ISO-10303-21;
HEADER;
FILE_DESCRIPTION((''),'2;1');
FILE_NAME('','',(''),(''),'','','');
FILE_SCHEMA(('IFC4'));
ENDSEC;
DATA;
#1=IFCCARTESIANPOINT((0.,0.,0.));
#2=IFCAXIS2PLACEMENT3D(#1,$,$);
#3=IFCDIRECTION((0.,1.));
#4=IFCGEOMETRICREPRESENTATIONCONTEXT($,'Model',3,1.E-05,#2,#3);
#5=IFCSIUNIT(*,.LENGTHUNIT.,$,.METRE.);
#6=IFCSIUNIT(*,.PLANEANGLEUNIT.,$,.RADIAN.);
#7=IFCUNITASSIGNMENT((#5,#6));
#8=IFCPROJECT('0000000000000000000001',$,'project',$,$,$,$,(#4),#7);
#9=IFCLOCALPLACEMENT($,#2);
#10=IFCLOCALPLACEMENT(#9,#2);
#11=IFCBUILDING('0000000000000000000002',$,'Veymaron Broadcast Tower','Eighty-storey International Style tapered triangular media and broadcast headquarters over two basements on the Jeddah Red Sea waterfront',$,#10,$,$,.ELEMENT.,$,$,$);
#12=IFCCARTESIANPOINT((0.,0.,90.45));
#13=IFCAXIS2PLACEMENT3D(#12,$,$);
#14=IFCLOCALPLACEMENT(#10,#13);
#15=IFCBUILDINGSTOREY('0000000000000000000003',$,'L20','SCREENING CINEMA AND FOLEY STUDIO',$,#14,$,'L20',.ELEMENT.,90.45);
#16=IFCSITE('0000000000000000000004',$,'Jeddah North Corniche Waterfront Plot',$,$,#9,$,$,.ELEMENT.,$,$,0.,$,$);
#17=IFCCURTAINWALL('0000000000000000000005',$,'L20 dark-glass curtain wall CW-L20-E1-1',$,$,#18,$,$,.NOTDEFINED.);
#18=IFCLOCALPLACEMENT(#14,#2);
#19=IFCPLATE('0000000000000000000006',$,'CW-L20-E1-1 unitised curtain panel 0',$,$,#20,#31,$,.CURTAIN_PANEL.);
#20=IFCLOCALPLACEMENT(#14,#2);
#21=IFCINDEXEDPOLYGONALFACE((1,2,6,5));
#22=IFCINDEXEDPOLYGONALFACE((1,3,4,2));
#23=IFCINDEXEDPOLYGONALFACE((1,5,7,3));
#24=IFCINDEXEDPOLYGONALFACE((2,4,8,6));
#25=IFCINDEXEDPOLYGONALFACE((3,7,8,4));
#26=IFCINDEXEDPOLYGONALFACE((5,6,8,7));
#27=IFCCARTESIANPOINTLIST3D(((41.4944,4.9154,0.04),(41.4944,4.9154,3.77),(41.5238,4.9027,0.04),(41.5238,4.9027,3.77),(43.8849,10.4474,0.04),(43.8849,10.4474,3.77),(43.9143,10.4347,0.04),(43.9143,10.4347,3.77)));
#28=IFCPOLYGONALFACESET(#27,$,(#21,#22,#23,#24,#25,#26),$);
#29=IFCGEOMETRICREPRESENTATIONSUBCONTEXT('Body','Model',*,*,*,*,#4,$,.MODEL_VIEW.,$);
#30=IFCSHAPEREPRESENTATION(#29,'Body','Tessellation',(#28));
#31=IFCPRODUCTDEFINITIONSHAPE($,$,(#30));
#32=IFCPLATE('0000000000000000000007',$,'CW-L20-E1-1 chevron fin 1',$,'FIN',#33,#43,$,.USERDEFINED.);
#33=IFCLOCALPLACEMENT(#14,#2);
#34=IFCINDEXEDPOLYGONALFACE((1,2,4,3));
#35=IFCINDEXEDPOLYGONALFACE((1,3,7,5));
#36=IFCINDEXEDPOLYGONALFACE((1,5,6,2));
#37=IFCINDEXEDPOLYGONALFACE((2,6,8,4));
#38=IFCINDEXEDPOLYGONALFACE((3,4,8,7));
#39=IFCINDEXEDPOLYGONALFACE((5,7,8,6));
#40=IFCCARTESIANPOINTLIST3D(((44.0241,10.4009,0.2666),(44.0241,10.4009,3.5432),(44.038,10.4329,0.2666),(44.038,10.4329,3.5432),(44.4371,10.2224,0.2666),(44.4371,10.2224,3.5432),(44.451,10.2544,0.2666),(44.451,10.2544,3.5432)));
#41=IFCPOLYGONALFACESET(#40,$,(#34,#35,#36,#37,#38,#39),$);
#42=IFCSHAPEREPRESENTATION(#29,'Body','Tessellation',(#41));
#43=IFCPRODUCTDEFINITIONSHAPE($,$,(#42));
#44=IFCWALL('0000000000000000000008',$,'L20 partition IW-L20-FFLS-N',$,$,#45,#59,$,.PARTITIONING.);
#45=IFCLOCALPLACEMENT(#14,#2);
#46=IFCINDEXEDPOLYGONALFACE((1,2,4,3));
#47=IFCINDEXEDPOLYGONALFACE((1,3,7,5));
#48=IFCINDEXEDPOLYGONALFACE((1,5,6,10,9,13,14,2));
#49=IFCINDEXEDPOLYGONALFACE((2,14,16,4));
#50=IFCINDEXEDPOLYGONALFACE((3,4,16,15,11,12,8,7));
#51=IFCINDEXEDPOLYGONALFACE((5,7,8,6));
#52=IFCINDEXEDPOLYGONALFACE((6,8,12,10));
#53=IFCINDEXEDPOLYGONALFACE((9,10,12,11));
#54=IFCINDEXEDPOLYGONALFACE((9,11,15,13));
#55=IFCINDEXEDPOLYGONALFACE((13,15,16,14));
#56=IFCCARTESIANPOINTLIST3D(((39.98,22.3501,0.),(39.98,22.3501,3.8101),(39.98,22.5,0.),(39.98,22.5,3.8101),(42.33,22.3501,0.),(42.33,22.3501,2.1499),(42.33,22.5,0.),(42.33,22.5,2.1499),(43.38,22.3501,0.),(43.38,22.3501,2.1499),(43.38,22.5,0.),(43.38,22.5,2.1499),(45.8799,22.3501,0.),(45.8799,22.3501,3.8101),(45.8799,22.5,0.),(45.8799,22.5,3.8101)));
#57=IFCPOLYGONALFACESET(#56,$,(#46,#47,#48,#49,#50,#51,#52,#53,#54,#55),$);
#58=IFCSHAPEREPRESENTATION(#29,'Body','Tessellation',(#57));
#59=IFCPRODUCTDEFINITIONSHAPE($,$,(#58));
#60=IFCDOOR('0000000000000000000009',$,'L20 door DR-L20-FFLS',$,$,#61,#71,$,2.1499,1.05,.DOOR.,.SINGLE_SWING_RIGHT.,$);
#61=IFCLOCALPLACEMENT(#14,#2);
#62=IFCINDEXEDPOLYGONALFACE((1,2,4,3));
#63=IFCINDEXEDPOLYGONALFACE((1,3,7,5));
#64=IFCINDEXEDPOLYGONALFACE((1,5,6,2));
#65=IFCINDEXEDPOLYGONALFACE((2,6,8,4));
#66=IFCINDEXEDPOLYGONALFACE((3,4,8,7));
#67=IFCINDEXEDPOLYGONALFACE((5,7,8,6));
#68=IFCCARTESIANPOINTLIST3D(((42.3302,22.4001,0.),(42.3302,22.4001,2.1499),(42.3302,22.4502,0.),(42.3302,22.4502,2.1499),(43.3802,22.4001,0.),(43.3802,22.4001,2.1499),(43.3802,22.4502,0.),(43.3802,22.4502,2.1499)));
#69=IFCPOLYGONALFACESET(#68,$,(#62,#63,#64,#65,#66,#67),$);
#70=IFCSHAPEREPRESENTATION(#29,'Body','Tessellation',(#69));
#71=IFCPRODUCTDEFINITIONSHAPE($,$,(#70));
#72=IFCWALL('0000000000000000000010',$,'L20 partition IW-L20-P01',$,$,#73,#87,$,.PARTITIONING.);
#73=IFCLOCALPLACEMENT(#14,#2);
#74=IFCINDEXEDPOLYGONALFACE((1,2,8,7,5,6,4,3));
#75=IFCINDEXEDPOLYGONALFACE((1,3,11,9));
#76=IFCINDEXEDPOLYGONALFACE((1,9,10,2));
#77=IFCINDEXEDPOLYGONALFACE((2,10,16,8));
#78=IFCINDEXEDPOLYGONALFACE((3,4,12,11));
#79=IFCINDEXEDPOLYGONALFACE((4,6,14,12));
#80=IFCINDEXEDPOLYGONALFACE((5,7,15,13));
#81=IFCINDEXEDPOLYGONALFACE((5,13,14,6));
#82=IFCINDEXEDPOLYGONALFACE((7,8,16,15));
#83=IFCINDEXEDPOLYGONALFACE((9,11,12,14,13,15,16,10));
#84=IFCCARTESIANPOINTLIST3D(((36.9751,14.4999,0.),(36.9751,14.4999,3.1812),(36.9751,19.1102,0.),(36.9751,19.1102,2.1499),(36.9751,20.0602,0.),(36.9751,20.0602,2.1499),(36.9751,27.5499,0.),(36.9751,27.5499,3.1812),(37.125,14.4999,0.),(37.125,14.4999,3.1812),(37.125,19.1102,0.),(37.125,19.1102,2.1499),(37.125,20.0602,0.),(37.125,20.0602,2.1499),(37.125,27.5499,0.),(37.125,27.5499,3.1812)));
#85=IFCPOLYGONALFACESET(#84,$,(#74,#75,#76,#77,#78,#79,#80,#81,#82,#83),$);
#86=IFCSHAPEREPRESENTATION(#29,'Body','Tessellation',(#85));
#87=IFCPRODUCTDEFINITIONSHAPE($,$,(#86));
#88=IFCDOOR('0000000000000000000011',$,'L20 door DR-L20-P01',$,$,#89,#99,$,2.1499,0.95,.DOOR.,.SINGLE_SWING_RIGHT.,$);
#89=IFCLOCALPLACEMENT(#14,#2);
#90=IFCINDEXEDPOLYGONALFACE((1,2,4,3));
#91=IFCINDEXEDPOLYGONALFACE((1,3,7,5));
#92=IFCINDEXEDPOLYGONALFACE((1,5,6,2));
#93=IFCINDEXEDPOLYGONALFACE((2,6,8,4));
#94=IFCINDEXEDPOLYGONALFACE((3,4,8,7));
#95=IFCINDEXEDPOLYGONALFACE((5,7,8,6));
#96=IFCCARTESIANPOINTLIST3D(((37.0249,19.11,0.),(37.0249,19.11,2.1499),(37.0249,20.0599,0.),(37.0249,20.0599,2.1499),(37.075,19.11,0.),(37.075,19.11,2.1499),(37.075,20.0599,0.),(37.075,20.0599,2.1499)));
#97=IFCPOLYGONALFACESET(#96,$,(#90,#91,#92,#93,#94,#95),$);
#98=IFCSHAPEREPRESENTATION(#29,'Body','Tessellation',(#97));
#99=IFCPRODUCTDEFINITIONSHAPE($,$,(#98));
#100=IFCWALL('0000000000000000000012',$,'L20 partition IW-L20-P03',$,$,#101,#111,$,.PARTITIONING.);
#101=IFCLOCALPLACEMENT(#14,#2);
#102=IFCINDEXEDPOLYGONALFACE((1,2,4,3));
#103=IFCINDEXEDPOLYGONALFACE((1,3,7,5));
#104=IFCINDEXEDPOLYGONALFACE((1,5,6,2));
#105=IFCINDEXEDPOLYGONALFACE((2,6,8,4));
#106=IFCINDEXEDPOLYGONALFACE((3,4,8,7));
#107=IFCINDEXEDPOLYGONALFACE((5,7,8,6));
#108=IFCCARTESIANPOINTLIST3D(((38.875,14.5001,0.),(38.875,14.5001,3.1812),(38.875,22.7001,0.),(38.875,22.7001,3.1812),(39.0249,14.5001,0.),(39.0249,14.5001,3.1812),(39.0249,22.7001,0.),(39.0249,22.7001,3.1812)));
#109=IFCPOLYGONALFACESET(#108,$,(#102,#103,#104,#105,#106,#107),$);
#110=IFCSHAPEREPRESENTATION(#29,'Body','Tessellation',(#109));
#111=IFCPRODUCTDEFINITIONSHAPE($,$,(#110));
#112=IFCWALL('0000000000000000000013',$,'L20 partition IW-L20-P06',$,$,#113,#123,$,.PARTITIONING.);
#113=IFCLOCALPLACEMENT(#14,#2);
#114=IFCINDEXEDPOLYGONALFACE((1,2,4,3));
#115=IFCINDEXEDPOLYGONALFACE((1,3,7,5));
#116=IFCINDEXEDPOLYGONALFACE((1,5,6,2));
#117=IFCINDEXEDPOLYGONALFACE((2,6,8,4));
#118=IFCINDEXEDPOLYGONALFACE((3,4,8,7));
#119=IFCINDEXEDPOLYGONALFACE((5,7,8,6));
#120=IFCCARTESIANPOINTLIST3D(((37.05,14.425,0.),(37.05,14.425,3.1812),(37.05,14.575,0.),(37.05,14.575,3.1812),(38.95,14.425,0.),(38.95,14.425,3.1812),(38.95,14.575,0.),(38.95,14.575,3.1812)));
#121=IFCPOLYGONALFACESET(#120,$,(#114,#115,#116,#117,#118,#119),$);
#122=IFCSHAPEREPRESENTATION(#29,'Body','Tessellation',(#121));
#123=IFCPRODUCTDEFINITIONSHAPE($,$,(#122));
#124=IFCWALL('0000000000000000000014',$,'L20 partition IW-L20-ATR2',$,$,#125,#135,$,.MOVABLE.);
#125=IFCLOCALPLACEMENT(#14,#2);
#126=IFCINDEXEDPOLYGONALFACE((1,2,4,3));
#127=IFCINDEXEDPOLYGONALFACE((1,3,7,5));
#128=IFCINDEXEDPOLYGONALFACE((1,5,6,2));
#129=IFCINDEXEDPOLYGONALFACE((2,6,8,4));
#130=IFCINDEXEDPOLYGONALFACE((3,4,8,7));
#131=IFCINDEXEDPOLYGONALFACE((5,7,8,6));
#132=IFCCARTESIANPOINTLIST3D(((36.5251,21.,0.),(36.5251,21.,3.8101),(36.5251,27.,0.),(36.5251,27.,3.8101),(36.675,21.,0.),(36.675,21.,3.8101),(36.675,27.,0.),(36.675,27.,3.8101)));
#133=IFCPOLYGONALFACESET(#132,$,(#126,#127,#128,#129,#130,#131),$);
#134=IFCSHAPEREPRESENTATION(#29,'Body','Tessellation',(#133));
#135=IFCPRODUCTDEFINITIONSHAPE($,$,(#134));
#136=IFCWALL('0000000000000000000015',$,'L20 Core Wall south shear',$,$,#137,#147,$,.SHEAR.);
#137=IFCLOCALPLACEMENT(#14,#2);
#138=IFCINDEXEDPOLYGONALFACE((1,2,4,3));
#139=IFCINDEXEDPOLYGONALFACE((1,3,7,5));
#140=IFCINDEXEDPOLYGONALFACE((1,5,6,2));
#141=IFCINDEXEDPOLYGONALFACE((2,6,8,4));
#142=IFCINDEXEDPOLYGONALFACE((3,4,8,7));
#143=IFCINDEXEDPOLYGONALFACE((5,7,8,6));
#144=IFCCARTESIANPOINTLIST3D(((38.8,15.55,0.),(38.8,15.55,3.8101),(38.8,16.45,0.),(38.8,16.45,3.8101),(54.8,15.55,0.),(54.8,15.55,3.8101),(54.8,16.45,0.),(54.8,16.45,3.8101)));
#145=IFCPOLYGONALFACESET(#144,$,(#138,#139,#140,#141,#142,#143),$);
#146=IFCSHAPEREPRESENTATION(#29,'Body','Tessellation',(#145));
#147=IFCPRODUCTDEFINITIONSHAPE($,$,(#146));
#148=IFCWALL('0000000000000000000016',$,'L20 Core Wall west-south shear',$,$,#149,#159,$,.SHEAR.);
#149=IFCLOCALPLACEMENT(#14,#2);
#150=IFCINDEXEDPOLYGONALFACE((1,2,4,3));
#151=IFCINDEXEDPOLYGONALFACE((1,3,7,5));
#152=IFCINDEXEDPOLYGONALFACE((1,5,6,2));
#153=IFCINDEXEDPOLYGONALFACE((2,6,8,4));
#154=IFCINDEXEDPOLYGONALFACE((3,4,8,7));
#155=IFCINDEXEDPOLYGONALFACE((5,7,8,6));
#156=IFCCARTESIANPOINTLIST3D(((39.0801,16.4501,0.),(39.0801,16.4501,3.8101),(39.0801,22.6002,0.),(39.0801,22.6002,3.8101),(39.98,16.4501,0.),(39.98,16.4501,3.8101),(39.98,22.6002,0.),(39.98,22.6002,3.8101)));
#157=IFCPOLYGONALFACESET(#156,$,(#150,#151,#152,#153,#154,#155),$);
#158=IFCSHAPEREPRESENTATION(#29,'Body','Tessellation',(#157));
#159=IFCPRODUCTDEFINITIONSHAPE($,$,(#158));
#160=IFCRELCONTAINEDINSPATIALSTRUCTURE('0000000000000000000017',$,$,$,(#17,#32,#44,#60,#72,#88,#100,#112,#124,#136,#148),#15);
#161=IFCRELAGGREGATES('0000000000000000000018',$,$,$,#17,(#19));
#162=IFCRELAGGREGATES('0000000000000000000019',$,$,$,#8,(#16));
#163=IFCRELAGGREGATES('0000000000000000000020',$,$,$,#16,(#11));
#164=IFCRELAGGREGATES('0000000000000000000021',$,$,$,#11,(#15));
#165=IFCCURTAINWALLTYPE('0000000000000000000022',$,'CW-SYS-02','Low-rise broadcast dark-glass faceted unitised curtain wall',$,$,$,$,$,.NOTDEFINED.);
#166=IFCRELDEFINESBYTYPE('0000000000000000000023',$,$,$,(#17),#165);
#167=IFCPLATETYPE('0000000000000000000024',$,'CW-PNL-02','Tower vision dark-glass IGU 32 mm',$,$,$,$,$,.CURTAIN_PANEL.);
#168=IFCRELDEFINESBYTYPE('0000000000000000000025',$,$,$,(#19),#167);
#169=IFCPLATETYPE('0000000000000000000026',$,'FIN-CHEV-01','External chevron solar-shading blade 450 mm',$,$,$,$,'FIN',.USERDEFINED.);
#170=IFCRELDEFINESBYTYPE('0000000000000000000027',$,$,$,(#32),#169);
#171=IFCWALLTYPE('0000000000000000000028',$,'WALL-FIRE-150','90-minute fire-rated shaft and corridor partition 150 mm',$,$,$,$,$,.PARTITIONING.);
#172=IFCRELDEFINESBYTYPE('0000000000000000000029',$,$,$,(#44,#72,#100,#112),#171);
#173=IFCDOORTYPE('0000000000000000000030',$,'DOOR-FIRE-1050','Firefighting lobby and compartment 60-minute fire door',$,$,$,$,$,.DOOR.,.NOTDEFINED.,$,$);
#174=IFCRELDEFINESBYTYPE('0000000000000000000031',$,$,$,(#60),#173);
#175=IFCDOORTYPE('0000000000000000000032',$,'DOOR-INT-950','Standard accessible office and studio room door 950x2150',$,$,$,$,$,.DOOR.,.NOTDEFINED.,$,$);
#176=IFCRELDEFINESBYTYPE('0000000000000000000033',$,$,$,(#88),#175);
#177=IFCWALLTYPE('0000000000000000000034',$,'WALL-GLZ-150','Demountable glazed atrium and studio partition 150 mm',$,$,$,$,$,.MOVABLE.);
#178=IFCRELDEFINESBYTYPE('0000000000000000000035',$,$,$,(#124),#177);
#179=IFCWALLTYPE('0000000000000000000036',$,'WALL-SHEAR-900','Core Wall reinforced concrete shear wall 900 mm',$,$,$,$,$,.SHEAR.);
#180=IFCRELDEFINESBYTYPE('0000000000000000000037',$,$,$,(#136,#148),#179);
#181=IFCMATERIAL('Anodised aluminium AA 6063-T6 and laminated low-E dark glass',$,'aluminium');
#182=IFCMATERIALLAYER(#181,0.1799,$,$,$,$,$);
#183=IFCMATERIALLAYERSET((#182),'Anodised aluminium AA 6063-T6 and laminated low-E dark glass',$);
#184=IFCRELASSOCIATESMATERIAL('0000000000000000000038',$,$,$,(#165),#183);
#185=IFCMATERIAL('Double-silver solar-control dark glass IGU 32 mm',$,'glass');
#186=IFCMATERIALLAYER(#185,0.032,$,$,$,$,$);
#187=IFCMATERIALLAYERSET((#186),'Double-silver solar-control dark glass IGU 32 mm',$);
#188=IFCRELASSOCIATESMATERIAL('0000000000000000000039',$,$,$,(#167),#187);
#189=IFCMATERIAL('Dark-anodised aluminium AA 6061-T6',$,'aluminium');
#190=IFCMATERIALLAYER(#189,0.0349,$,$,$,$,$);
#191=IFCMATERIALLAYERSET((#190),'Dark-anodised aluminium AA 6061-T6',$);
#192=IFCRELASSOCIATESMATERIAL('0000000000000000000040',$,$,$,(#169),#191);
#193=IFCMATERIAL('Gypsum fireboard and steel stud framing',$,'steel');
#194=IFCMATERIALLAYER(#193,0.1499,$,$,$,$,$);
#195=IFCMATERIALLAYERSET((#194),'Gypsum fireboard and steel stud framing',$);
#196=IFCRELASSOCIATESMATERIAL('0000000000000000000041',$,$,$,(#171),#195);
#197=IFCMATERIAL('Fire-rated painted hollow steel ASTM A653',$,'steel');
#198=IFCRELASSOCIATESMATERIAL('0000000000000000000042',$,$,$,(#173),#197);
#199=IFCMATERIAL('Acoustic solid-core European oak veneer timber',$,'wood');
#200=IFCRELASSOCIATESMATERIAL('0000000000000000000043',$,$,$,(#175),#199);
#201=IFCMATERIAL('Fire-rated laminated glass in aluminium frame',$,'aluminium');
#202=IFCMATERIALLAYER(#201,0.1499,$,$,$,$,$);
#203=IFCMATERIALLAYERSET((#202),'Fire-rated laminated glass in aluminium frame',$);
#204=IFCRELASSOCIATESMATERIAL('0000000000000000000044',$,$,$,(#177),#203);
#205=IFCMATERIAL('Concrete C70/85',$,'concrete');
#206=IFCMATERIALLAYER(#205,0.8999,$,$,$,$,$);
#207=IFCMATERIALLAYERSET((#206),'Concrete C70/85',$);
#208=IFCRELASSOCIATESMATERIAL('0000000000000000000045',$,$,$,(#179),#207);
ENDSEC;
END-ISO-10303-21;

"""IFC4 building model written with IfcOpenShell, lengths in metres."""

from ifc_helpers import new_model, si_unit, direction, frame, frame_2d, origin, origin_2d, place, context, subcontext, project, spatial, rectangle, extrude, material, layer, layer_set, type_object, element, fill, aggregate, save


model = new_model("IFC4")

# Units and contexts
model_context = context("Model", 3, precision=1e-05, world=origin(), true_north=direction((0.0, 1.0)))
body_context = subcontext(model_context, "Body", "Model", "MODEL_VIEW")
ifc_project = project(units=[si_unit("LENGTHUNIT", "METRE"), si_unit("PLANEANGLEUNIT", "RADIAN")], contexts=[model_context])

# Site, building, storey
site_placement = place(None, origin())
site = spatial("IfcSite", under=ifc_project, at=site_placement, Name="Jeddah North Corniche Waterfront Plot", CompositionType="ELEMENT", RefElevation=0.0)
building_placement = place(site_placement, origin())
building = spatial("IfcBuilding", under=site, at=building_placement, Name="Veymaron Broadcast Tower", Description="Eighty-storey International Style tapered triangular media and broadcast headquarters over two basements on the Jeddah Red Sea waterfront", CompositionType="ELEMENT")
storey_placement = place(building_placement, frame((0.0, 0.0, 90.45)))
storey = spatial("IfcBuildingStorey", under=building, at=storey_placement, Name="L20", Description="SCREENING CINEMA AND FOLEY STUDIO", LongName="L20", CompositionType="ELEMENT", Elevation=90.45)

# Shared definitions
ifc_material_1 = material(Name="Concrete C70/85", Category="concrete")

# Curtain wall, plate
ifc_material_2 = material(Name="Anodised aluminium AA 6063-T6 and laminated low-E dark glass", Category="aluminium")
ifc_layer_1 = layer(ifc_material_2, 0.1799)
ifc_layer_set_1 = layer_set([ifc_layer_1], Name="Anodised aluminium AA 6063-T6 and laminated low-E dark glass")
curtain_wall_type = type_object("IfcCurtainWallType", Name="CW-SYS-02", Description="Low-rise broadcast dark-glass faceted unitised curtain wall", PredefinedType="NOTDEFINED", material=ifc_layer_set_1)
curtain_wall_placement = place(storey_placement, origin())
curtain_wall = element("IfcCurtainWall", 1, at=curtain_wall_placement, inside=storey, type_object=curtain_wall_type, Name="L20 dark-glass curtain wall CW-L20-E1-1", PredefinedType="NOTDEFINED")
ifc_material_3 = material(Name="Double-silver solar-control dark glass IGU 32 mm", Category="glass")
ifc_layer_2 = layer(ifc_material_3, 0.032)
ifc_layer_set_2 = layer_set([ifc_layer_2], Name="Double-silver solar-control dark glass IGU 32 mm")
plate_type_1 = type_object("IfcPlateType", Name="CW-PNL-02", Description="Tower vision dark-glass IGU 32 mm", PredefinedType="CURTAIN_PANEL", material=ifc_layer_set_2)
plate_1_placement = place(storey_placement, frame((42.7043, 7.675, 0.04), z_axis=(0.0, 0.0, 1.0), x_axis=(0.396667, 0.917962, 0.0)))
plate_1 = element("IfcPlate", 2, at=plate_1_placement, type_object=plate_type_1, Name="CW-L20-E1-1 unitised curtain panel 0", PredefinedType="CURTAIN_PANEL", context=body_context, shape_type="SweptSolid", body=[
    extrude(rectangle(XDim=6.0264, YDim=0.032, at=origin_2d()), origin(), (0.0, 0.0, 1.0), 3.73),
])
aggregate(curtain_wall, [plate_1])

# Plate
ifc_material_4 = material(Name="Dark-anodised aluminium AA 6061-T6", Category="aluminium")
ifc_layer_3 = layer(ifc_material_4, 0.0349)
ifc_layer_set_3 = layer_set([ifc_layer_3], Name="Dark-anodised aluminium AA 6061-T6")
plate_type_2 = type_object("IfcPlateType", Name="FIN-CHEV-01", Description="External chevron solar-shading blade 450 mm", ElementType="FIN", PredefinedType="USERDEFINED", material=ifc_layer_set_3)
plate_2_placement = place(storey_placement, frame((44.2375, 10.3276, 0.2666), z_axis=(0.0, 0.0, 1.0), x_axis=(0.917962, -0.396667, 0.0)))
element("IfcPlate", 3, at=plate_2_placement, inside=storey, type_object=plate_type_2, Name="CW-L20-E1-1 chevron fin 1", ObjectType="FIN", PredefinedType="USERDEFINED", context=body_context, shape_type="SweptSolid", body=[
    extrude(rectangle(XDim=0.45, YDim=0.0349, at=origin_2d()), origin(), (0.0, 0.0, 1.0), 3.2766),
])

# Walls, openings, doors
ifc_material_5 = material(Name="Gypsum fireboard and steel stud framing", Category="steel")
ifc_layer_4 = layer(ifc_material_5, 0.1499)
ifc_layer_set_4 = layer_set([ifc_layer_4], Name="Gypsum fireboard and steel stud framing")
wall_type_1 = type_object("IfcWallType", Name="WALL-FIRE-150", Description="90-minute fire-rated shaft and corridor partition 150 mm", PredefinedType="PARTITIONING", material=ifc_layer_set_4)
wall_1_placement = place(storey_placement, frame((39.98, 22.425, 0.0), z_axis=(0.0, 0.0, 1.0), x_axis=(1.0, 0.0, 0.0)))
wall_1 = element("IfcWall", 4, at=wall_1_placement, inside=storey, type_object=wall_type_1, Name="L20 partition IW-L20-FFLS-N", PredefinedType="PARTITIONING", context=body_context, shape_type="SweptSolid", body=[
    extrude(rectangle(XDim=5.8999, YDim=0.1499, at=frame_2d((2.95, 0.0))), origin(), (0.0, 0.0, 1.0), 3.8101),
])
opening_1_placement = place(wall_1_placement, frame((2.3501, 0.0, 0.0)))
opening_1 = element("IfcOpeningElement", 5, at=opening_1_placement, cuts=wall_1, PredefinedType="OPENING", context=body_context, shape_type="SweptSolid", body=[
    extrude(rectangle(XDim=1.05, YDim=2.1499, at=frame_2d((0.5249, 1.075))), frame((0.0, 0.085, 0.0), z_axis=(0.0, -1.0, 0.0), x_axis=(1.0, 0.0, 0.0)), (0.0, 0.0, 1.0), 0.1699),
])
ifc_material_6 = material(Name="Fire-rated painted hollow steel ASTM A653", Category="steel")
door_type_1 = type_object("IfcDoorType", Name="DOOR-FIRE-1050", Description="Firefighting lobby and compartment 60-minute fire door", OperationType="NOTDEFINED", PredefinedType="DOOR", material=ifc_material_6)
door_1_placement = place(opening_1_placement, frame((1.05, 0.0, 0.0), z_axis=(0.0, 0.0, 1.0), x_axis=(-1.0, 0.0, 0.0)))
door_1 = element("IfcDoor", 6, at=door_1_placement, inside=storey, type_object=door_type_1, Name="L20 door DR-L20-FFLS", OperationType="SINGLE_SWING_RIGHT", OverallHeight=2.1499, OverallWidth=1.05, PredefinedType="DOOR", context=body_context, shape_type="SweptSolid", body=[
    extrude(rectangle(XDim=1.05, YDim=2.1499, at=frame_2d((0.5249, 1.075))), frame((0.0, 0.0249, 0.0), z_axis=(0.0, -1.0, 0.0), x_axis=(1.0, 0.0, 0.0)), (0.0, 0.0, 1.0), 0.05),
])
fill(opening_1, door_1)
wall_2_placement = place(storey_placement, frame((37.05, 14.5, 0.0), z_axis=(0.0, 0.0, 1.0), x_axis=(0.0, 1.0, 0.0)))
wall_2 = element("IfcWall", 7, at=wall_2_placement, inside=storey, type_object=wall_type_1, Name="L20 partition IW-L20-P01", PredefinedType="PARTITIONING", context=body_context, shape_type="SweptSolid", body=[
    extrude(rectangle(XDim=13.05, YDim=0.1499, at=frame_2d((6.5249, 0.0))), origin(), (0.0, 0.0, 1.0), 3.1812),
])
opening_2_placement = place(wall_2_placement, frame((4.6101, 0.0, 0.0)))
opening_2 = element("IfcOpeningElement", 8, at=opening_2_placement, cuts=wall_2, PredefinedType="OPENING", context=body_context, shape_type="SweptSolid", body=[
    extrude(rectangle(XDim=0.95, YDim=2.1499, at=frame_2d((0.4751, 1.075))), frame((0.0, 0.085, 0.0), z_axis=(0.0, -1.0, 0.0), x_axis=(1.0, 0.0, 0.0)), (0.0, 0.0, 1.0), 0.1699),
])
ifc_material_7 = material(Name="Acoustic solid-core European oak veneer timber", Category="wood")
door_type_2 = type_object("IfcDoorType", Name="DOOR-INT-950", Description="Standard accessible office and studio room door 950x2150", OperationType="NOTDEFINED", PredefinedType="DOOR", material=ifc_material_7)
door_2_placement = place(opening_2_placement, frame((0.95, 0.0, 0.0), z_axis=(0.0, 0.0, 1.0), x_axis=(-1.0, 0.0, 0.0)))
door_2 = element("IfcDoor", 9, at=door_2_placement, inside=storey, type_object=door_type_2, Name="L20 door DR-L20-P01", OperationType="SINGLE_SWING_RIGHT", OverallHeight=2.1499, OverallWidth=0.95, PredefinedType="DOOR", context=body_context, shape_type="SweptSolid", body=[
    extrude(rectangle(XDim=0.95, YDim=2.1499, at=frame_2d((0.4751, 1.075))), frame((0.0, 0.0249, 0.0), z_axis=(0.0, -1.0, 0.0), x_axis=(1.0, 0.0, 0.0)), (0.0, 0.0, 1.0), 0.05),
])
fill(opening_2, door_2)

# Walls
wall_3_placement = place(storey_placement, frame((38.95, 14.5, 0.0), z_axis=(0.0, 0.0, 1.0), x_axis=(0.0, 1.0, 0.0)))
element("IfcWall", 10, at=wall_3_placement, inside=storey, type_object=wall_type_1, Name="L20 partition IW-L20-P03", PredefinedType="PARTITIONING", context=body_context, shape_type="SweptSolid", body=[
    extrude(rectangle(XDim=8.2, YDim=0.1499, at=frame_2d((4.1001, 0.0))), origin(), (0.0, 0.0, 1.0), 3.1812),
])
wall_4_placement = place(storey_placement, frame((37.05, 14.5, 0.0), z_axis=(0.0, 0.0, 1.0), x_axis=(1.0, 0.0, 0.0)))
element("IfcWall", 11, at=wall_4_placement, inside=storey, type_object=wall_type_1, Name="L20 partition IW-L20-P06", PredefinedType="PARTITIONING", context=body_context, shape_type="SweptSolid", body=[
    extrude(rectangle(XDim=1.8999, YDim=0.1499, at=frame_2d((0.95, 0.0))), origin(), (0.0, 0.0, 1.0), 3.1812),
])
ifc_material_8 = material(Name="Fire-rated laminated glass in aluminium frame", Category="aluminium")
ifc_layer_5 = layer(ifc_material_8, 0.1499)
ifc_layer_set_5 = layer_set([ifc_layer_5], Name="Fire-rated laminated glass in aluminium frame")
wall_type_2 = type_object("IfcWallType", Name="WALL-GLZ-150", Description="Demountable glazed atrium and studio partition 150 mm", PredefinedType="MOVABLE", material=ifc_layer_set_5)
wall_5_placement = place(storey_placement, frame((36.6001, 21.0, 0.0), z_axis=(0.0, 0.0, 1.0), x_axis=(0.0, 1.0, 0.0)))
element("IfcWall", 12, at=wall_5_placement, inside=storey, type_object=wall_type_2, Name="L20 partition IW-L20-ATR2", PredefinedType="MOVABLE", context=body_context, shape_type="SweptSolid", body=[
    extrude(rectangle(XDim=6.0, YDim=0.1499, at=frame_2d((3.0, 0.0))), origin(), (0.0, 0.0, 1.0), 3.8101),
])

# Walls
ifc_layer_6 = layer(ifc_material_1, 0.8999)
ifc_layer_set_6 = layer_set([ifc_layer_6], Name="Concrete C70/85")
wall_type_3 = type_object("IfcWallType", Name="WALL-SHEAR-900", Description="Core Wall reinforced concrete shear wall 900 mm", PredefinedType="SHEAR", material=ifc_layer_set_6)
wall_6_placement = place(storey_placement, frame((38.8, 16.0, 0.0), z_axis=(0.0, 0.0, 1.0), x_axis=(1.0, 0.0, 0.0)))
element("IfcWall", 13, at=wall_6_placement, inside=storey, type_object=wall_type_3, Name="L20 Core Wall south shear", PredefinedType="SHEAR", context=body_context, shape_type="SweptSolid", body=[
    extrude(rectangle(XDim=16.0, YDim=0.8999, at=frame_2d((8.0, 0.0))), origin(), (0.0, 0.0, 1.0), 3.8101),
])
wall_7_placement = place(storey_placement, frame((39.53, 16.45, 0.0), z_axis=(0.0, 0.0, 1.0), x_axis=(0.0, 1.0, 0.0)))
element("IfcWall", 14, at=wall_7_placement, inside=storey, type_object=wall_type_3, Name="L20 Core Wall west-south shear", PredefinedType="SHEAR", context=body_context, shape_type="SweptSolid", body=[
    extrude(rectangle(XDim=6.1501, YDim=0.8999, at=frame_2d((3.0752, 0.0))), origin(), (0.0, 0.0, 1.0), 3.8101),
])

save(model, "model.ifc")
